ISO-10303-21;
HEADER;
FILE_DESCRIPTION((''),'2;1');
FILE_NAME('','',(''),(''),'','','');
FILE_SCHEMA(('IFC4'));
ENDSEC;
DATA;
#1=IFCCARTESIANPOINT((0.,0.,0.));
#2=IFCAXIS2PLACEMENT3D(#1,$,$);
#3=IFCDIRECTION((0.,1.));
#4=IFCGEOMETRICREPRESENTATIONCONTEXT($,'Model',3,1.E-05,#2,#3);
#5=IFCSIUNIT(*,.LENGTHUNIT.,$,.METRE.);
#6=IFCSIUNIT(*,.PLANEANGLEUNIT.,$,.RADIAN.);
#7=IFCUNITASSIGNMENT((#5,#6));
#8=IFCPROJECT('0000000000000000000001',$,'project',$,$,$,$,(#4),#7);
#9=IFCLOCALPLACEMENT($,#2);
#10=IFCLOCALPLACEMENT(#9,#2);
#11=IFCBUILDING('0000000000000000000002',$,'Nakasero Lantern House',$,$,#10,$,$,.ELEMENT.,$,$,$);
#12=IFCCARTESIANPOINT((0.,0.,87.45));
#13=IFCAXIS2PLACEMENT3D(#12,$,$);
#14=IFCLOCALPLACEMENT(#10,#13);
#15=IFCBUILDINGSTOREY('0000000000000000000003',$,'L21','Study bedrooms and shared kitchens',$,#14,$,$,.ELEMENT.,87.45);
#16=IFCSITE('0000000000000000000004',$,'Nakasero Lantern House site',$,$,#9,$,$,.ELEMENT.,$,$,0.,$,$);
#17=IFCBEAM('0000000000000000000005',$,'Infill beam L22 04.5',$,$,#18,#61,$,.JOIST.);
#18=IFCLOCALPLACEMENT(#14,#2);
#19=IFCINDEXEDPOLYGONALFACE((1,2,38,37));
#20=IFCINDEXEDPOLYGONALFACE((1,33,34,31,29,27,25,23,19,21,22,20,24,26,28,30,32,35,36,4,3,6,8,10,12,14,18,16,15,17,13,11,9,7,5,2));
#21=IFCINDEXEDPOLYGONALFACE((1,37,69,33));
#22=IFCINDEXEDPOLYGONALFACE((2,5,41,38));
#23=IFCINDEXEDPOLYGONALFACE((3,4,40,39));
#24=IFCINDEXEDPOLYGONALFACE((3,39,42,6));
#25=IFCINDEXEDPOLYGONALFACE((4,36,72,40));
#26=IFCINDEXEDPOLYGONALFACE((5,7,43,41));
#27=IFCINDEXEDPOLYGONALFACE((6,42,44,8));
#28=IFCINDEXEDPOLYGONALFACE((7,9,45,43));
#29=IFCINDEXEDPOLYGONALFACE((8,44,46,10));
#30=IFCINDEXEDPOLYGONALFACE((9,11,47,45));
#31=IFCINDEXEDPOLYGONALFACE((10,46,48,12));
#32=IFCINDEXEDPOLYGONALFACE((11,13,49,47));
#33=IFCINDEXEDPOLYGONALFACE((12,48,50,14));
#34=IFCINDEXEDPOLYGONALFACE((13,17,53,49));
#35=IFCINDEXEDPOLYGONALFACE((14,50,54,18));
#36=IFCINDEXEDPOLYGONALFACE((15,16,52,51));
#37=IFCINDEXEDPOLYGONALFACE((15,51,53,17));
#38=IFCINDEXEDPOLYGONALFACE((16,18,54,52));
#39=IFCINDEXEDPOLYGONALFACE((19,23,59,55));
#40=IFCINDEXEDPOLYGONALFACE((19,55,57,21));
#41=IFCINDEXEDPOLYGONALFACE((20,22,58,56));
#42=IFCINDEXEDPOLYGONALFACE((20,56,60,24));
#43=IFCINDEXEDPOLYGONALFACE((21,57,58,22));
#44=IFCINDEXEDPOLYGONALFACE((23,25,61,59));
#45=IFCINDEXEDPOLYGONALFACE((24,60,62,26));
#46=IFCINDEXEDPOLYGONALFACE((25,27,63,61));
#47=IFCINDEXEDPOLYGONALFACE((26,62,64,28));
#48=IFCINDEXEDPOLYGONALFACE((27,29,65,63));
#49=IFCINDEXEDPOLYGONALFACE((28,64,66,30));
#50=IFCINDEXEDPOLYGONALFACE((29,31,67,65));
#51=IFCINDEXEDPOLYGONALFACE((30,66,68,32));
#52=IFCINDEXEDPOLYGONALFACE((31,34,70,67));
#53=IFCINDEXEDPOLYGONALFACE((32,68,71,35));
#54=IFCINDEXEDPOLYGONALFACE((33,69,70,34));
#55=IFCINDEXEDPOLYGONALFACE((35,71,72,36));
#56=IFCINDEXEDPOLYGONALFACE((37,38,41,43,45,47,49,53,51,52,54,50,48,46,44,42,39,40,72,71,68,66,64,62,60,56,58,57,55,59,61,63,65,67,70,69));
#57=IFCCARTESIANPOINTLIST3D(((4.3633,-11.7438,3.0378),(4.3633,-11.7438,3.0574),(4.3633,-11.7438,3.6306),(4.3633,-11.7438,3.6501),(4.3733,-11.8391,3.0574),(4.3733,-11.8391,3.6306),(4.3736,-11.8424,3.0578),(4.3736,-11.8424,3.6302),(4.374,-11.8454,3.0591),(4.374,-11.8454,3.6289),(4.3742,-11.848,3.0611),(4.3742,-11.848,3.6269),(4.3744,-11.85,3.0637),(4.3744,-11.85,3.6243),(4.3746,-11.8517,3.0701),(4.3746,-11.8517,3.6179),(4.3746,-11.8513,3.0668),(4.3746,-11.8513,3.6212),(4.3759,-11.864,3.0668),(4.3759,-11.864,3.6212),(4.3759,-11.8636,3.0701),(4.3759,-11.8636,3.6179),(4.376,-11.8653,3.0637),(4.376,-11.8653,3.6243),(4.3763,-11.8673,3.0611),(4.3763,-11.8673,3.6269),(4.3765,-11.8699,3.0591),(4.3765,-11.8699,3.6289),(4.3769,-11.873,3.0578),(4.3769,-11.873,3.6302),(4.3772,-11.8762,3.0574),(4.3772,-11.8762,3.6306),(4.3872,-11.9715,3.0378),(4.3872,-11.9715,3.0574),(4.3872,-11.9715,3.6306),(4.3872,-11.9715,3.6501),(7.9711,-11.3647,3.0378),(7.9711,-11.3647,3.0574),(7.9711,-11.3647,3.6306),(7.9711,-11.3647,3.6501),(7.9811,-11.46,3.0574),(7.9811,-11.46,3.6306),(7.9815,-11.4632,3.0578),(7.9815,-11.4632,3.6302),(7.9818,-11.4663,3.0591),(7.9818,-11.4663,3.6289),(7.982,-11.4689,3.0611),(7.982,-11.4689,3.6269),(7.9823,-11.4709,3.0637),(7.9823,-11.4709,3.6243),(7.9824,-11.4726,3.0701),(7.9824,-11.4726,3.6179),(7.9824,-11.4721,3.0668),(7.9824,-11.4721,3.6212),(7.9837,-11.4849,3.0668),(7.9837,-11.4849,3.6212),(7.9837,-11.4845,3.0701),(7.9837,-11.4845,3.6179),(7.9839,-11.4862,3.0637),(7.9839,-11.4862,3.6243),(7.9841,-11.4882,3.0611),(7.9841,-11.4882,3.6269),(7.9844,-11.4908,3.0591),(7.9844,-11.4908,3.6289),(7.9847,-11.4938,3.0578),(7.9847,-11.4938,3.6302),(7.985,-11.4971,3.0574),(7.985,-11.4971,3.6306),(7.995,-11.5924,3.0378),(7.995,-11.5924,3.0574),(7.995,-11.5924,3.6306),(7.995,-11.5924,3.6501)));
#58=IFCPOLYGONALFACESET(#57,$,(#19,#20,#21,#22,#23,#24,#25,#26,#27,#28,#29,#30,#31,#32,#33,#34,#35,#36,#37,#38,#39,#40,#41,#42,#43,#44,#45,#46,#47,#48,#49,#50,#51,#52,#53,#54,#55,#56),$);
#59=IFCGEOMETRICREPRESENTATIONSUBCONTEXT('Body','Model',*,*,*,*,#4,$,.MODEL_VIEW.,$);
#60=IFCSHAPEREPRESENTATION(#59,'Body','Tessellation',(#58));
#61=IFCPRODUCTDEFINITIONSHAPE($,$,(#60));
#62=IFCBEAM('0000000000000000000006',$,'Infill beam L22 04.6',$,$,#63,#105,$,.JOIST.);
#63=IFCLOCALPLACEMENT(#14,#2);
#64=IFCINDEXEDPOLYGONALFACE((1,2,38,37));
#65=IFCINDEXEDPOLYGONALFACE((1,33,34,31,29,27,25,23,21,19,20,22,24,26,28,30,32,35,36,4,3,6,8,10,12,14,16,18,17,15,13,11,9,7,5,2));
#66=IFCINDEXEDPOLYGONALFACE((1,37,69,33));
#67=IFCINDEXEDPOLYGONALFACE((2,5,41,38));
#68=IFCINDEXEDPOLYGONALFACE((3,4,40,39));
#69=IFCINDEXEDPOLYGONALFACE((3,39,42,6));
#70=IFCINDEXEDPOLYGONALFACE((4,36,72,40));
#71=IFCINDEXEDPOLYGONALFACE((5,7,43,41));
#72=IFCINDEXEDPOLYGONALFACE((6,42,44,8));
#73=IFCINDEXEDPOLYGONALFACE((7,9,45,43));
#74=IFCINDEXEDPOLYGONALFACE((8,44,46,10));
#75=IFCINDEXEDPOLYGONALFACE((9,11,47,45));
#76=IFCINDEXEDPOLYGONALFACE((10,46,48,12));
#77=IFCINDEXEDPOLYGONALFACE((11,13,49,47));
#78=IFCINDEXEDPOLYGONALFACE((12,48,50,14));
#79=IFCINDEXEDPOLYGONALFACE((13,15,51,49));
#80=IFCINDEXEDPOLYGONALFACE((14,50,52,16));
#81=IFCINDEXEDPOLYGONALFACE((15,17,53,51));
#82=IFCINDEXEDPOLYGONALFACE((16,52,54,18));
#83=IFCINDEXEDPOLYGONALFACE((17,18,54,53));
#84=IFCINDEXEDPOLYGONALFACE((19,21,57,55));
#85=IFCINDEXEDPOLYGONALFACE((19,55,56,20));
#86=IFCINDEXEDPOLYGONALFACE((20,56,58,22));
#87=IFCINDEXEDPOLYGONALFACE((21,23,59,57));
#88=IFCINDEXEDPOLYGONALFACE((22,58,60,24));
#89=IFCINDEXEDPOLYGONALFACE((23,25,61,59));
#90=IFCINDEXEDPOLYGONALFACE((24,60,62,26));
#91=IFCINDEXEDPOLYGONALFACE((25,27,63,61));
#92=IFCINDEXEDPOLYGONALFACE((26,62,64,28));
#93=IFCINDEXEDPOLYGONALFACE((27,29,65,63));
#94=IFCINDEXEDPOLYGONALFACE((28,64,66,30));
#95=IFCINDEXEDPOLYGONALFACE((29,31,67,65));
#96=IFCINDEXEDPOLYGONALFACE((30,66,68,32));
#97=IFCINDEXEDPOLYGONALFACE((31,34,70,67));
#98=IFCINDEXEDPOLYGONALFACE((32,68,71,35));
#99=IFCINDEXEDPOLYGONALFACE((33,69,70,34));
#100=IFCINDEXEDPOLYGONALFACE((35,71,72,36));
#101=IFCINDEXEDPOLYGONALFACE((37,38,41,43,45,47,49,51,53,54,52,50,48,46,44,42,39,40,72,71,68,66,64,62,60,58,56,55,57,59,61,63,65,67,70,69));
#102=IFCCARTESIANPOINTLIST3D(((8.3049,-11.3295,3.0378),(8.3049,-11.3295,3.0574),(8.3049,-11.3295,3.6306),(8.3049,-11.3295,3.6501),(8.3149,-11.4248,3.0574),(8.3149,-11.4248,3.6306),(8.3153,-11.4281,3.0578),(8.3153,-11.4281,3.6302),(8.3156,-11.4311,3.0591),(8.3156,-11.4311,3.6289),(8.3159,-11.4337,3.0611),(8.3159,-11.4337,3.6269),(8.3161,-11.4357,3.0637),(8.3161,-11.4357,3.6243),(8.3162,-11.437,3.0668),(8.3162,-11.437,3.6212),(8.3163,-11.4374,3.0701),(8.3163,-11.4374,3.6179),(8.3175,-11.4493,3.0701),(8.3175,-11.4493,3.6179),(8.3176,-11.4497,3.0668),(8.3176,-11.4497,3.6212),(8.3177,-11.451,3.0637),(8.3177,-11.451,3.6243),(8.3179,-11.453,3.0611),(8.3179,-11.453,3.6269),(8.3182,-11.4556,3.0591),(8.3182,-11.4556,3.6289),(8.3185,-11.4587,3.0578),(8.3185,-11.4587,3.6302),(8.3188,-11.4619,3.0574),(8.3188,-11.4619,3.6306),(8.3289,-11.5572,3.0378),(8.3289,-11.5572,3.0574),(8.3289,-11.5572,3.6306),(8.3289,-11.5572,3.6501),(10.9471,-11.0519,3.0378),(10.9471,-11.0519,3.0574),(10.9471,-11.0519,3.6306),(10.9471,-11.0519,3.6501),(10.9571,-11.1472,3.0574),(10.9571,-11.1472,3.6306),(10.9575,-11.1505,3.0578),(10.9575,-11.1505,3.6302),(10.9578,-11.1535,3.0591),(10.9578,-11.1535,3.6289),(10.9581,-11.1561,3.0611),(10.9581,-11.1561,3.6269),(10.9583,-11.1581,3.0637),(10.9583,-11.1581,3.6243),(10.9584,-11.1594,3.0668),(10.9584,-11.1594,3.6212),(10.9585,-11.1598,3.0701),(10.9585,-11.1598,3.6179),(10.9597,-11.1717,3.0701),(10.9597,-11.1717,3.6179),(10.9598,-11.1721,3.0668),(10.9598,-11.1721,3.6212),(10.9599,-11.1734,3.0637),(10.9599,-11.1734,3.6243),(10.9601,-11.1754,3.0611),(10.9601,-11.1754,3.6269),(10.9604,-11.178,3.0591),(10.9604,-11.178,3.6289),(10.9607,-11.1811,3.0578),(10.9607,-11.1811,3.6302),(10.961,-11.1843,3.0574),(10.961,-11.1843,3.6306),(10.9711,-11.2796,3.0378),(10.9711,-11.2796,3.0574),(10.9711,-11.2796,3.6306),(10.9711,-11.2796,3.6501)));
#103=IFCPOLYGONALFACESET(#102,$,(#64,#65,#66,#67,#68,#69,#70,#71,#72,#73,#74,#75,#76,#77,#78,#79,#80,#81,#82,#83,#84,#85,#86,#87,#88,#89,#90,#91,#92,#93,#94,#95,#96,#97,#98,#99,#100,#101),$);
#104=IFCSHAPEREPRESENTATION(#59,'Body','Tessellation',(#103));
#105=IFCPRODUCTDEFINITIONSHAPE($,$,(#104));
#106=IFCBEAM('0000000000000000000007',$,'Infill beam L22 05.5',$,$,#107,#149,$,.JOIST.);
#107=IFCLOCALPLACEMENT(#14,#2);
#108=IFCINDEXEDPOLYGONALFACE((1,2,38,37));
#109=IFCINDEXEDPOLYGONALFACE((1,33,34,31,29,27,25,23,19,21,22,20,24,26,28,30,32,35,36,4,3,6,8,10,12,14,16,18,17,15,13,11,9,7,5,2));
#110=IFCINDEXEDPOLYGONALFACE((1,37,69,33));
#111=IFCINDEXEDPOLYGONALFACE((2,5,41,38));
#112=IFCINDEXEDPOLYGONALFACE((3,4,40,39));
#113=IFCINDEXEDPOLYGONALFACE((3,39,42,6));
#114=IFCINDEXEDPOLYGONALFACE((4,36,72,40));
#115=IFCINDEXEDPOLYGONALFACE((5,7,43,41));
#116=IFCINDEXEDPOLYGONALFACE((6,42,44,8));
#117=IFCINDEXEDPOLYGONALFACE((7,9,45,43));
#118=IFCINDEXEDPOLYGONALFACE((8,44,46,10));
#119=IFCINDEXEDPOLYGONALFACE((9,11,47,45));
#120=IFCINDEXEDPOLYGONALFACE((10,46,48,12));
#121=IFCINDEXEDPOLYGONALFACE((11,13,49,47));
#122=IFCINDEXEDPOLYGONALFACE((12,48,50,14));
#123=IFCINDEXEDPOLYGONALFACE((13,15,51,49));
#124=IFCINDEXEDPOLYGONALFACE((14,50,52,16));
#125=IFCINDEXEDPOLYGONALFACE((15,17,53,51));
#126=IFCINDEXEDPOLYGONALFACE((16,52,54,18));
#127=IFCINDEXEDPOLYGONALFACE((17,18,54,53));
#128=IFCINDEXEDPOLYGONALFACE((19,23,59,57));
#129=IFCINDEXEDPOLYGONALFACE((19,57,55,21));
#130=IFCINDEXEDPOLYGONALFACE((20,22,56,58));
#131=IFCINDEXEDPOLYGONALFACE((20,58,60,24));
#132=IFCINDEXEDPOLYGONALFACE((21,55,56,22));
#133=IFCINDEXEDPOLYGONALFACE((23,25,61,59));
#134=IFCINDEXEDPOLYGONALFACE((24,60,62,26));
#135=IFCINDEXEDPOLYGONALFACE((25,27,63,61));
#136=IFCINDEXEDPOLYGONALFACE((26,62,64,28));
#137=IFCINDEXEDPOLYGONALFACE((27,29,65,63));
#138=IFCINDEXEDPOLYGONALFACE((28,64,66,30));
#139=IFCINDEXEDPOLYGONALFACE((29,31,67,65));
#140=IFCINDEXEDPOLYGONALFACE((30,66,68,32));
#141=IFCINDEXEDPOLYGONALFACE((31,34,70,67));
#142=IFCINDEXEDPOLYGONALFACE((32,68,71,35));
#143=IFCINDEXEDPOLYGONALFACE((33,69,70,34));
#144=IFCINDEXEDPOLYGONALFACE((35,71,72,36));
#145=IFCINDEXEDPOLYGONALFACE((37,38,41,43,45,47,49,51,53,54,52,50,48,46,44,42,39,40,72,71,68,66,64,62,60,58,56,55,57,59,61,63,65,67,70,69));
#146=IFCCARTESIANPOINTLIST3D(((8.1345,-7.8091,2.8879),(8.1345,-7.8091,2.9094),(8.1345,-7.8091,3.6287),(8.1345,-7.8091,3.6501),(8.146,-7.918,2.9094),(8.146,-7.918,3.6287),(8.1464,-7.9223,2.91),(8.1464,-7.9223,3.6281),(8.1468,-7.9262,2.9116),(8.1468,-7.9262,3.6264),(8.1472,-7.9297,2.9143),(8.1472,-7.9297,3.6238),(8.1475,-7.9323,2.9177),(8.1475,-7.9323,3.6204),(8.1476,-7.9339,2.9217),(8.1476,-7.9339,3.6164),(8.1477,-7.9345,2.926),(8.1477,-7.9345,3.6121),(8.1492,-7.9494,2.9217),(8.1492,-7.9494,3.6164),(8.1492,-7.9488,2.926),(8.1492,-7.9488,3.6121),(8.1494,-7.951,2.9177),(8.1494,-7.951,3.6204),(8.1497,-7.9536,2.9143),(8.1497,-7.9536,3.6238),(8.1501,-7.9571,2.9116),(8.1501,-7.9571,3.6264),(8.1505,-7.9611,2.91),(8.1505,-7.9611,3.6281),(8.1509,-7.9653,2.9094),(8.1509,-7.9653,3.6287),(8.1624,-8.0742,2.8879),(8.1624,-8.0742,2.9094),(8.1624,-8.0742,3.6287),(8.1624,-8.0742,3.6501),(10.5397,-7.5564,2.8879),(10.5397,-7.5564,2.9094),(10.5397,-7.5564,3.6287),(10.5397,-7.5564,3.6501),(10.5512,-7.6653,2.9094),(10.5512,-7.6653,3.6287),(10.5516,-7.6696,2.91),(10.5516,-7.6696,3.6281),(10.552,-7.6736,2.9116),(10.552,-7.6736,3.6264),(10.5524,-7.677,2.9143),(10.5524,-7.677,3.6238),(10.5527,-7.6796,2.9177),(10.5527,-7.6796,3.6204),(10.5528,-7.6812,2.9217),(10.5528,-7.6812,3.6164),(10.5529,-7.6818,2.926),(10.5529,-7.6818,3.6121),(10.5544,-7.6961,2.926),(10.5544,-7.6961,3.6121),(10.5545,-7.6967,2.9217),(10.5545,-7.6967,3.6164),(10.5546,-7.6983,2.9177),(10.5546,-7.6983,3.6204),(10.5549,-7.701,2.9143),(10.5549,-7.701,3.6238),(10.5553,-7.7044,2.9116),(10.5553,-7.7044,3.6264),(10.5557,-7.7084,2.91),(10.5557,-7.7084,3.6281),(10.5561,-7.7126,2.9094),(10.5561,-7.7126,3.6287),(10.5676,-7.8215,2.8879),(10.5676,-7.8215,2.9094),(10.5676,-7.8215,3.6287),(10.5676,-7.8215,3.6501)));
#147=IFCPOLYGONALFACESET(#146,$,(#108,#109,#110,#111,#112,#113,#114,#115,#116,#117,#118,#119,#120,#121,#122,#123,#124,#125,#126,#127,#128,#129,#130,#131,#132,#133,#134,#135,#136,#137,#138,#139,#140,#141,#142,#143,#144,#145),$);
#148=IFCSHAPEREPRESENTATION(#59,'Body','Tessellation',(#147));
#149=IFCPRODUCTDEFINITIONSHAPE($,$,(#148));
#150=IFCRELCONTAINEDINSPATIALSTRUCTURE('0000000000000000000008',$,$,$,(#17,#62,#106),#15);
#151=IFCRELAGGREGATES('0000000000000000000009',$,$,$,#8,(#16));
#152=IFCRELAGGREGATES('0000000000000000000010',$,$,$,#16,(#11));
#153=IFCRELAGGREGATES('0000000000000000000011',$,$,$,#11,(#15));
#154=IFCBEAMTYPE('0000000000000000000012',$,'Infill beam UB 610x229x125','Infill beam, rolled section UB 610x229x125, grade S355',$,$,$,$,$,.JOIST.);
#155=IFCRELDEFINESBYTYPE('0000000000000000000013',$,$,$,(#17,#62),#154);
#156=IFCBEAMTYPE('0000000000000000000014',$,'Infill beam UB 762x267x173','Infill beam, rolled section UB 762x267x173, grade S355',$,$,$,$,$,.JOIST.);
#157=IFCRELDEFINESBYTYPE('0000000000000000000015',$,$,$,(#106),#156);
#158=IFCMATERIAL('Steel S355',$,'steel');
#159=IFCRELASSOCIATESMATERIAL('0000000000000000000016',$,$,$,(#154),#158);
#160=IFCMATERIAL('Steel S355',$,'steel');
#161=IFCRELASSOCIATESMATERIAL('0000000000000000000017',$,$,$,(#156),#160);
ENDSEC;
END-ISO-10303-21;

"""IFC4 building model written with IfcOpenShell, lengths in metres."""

from ifc_helpers import new_model, si_unit, direction, frame, origin, origin_2d, place, context, subcontext, project, spatial, i_section, extrude, material, material_profile, profile_set, type_object, element, save


model = new_model("IFC4")

# Units and contexts
model_context = context("Model", 3, precision=1e-05, world=origin(), true_north=direction((0.0, 1.0)))
body_context = subcontext(model_context, "Body", "Model", "MODEL_VIEW")
ifc_project = project(units=[si_unit("LENGTHUNIT", "METRE"), si_unit("PLANEANGLEUNIT", "RADIAN")], contexts=[model_context])

# Site, building, storey
site_placement = place(None, origin())
site = spatial("IfcSite", under=ifc_project, at=site_placement, Name="Nakasero Lantern House site", CompositionType="ELEMENT", RefElevation=0.0)
building_placement = place(site_placement, origin())
building = spatial("IfcBuilding", under=site, at=building_placement, Name="Nakasero Lantern House", CompositionType="ELEMENT")
storey_placement = place(building_placement, frame((0.0, 0.0, 87.45)))
storey = spatial("IfcBuildingStorey", under=building, at=storey_placement, Name="L21", Description="Study bedrooms and shared kitchens", CompositionType="ELEMENT", Elevation=87.45)

# Beams
ifc_material_1 = material(Name="Steel S355", Category="steel")
ifc_material_profile_1 = material_profile(ifc_material_1, i_section(OverallWidth=0.229, OverallDepth=0.6123, WebThickness=0.012, FlangeThickness=0.0195, FilletRadius=0.0127, at=origin_2d()), Name="UB 610x229x125")
ifc_profile_set_1 = profile_set([ifc_material_profile_1], Name="Steel S355")
beam_type_1 = type_object("IfcBeamType", Name="Infill beam UB 610x229x125", Description="Infill beam, rolled section UB 610x229x125, grade S355", PredefinedType="JOIST", material=ifc_profile_set_1)
beam_1_placement = place(storey_placement, frame((4.3752, -11.8577, 3.344), z_axis=(0.994524, 0.104513, 0.0), x_axis=(-0.104513, 0.994524, 0.0)))
element("IfcBeam", 1, at=beam_1_placement, inside=storey, type_object=beam_type_1, Name="Infill beam L22 04.5", PredefinedType="JOIST", context=body_context, shape_type="SweptSolid", body=[
    extrude(i_section(OverallWidth=0.229, OverallDepth=0.6123, WebThickness=0.012, FlangeThickness=0.0195, FilletRadius=0.0127, at=origin_2d()), origin(), (0.0, 0.0, 1.0), 3.6277),
])
beam_2_placement = place(storey_placement, frame((8.3169, -11.4434, 3.344), z_axis=(0.994526, 0.104489, 0.0), x_axis=(-0.104489, 0.994526, 0.0)))
element("IfcBeam", 2, at=beam_2_placement, inside=storey, type_object=beam_type_1, Name="Infill beam L22 04.6", PredefinedType="JOIST", context=body_context, shape_type="SweptSolid", body=[
    extrude(i_section(OverallWidth=0.229, OverallDepth=0.6123, WebThickness=0.012, FlangeThickness=0.0195, FilletRadius=0.0127, at=origin_2d()), origin(), (0.0, 0.0, 1.0), 2.6567),
])
ifc_material_2 = material(Name="Steel S355", Category="steel")
ifc_material_profile_2 = material_profile(ifc_material_2, i_section(OverallWidth=0.2666, OverallDepth=0.7622, WebThickness=0.0144, FlangeThickness=0.0215, FilletRadius=0.0166, at=origin_2d()), Name="UB 762x267x173")
ifc_profile_set_2 = profile_set([ifc_material_profile_2], Name="Steel S355")
beam_type_2 = type_object("IfcBeamType", Name="Infill beam UB 762x267x173", Description="Infill beam, rolled section UB 762x267x173, grade S355", PredefinedType="JOIST", material=ifc_profile_set_2)
beam_3_placement = place(storey_placement, frame((8.1484, -7.9417, 3.269), z_axis=(0.994527, 0.10448, 0.0), x_axis=(-0.10448, 0.994527, 0.0)))
element("IfcBeam", 3, at=beam_3_placement, inside=storey, type_object=beam_type_2, Name="Infill beam L22 05.5", PredefinedType="JOIST", context=body_context, shape_type="SweptSolid", body=[
    extrude(i_section(OverallWidth=0.2666, OverallDepth=0.7622, WebThickness=0.0144, FlangeThickness=0.0215, FilletRadius=0.0166, at=origin_2d()), origin(), (0.0, 0.0, 1.0), 2.4185),
])

save(model, "model.ifc")
